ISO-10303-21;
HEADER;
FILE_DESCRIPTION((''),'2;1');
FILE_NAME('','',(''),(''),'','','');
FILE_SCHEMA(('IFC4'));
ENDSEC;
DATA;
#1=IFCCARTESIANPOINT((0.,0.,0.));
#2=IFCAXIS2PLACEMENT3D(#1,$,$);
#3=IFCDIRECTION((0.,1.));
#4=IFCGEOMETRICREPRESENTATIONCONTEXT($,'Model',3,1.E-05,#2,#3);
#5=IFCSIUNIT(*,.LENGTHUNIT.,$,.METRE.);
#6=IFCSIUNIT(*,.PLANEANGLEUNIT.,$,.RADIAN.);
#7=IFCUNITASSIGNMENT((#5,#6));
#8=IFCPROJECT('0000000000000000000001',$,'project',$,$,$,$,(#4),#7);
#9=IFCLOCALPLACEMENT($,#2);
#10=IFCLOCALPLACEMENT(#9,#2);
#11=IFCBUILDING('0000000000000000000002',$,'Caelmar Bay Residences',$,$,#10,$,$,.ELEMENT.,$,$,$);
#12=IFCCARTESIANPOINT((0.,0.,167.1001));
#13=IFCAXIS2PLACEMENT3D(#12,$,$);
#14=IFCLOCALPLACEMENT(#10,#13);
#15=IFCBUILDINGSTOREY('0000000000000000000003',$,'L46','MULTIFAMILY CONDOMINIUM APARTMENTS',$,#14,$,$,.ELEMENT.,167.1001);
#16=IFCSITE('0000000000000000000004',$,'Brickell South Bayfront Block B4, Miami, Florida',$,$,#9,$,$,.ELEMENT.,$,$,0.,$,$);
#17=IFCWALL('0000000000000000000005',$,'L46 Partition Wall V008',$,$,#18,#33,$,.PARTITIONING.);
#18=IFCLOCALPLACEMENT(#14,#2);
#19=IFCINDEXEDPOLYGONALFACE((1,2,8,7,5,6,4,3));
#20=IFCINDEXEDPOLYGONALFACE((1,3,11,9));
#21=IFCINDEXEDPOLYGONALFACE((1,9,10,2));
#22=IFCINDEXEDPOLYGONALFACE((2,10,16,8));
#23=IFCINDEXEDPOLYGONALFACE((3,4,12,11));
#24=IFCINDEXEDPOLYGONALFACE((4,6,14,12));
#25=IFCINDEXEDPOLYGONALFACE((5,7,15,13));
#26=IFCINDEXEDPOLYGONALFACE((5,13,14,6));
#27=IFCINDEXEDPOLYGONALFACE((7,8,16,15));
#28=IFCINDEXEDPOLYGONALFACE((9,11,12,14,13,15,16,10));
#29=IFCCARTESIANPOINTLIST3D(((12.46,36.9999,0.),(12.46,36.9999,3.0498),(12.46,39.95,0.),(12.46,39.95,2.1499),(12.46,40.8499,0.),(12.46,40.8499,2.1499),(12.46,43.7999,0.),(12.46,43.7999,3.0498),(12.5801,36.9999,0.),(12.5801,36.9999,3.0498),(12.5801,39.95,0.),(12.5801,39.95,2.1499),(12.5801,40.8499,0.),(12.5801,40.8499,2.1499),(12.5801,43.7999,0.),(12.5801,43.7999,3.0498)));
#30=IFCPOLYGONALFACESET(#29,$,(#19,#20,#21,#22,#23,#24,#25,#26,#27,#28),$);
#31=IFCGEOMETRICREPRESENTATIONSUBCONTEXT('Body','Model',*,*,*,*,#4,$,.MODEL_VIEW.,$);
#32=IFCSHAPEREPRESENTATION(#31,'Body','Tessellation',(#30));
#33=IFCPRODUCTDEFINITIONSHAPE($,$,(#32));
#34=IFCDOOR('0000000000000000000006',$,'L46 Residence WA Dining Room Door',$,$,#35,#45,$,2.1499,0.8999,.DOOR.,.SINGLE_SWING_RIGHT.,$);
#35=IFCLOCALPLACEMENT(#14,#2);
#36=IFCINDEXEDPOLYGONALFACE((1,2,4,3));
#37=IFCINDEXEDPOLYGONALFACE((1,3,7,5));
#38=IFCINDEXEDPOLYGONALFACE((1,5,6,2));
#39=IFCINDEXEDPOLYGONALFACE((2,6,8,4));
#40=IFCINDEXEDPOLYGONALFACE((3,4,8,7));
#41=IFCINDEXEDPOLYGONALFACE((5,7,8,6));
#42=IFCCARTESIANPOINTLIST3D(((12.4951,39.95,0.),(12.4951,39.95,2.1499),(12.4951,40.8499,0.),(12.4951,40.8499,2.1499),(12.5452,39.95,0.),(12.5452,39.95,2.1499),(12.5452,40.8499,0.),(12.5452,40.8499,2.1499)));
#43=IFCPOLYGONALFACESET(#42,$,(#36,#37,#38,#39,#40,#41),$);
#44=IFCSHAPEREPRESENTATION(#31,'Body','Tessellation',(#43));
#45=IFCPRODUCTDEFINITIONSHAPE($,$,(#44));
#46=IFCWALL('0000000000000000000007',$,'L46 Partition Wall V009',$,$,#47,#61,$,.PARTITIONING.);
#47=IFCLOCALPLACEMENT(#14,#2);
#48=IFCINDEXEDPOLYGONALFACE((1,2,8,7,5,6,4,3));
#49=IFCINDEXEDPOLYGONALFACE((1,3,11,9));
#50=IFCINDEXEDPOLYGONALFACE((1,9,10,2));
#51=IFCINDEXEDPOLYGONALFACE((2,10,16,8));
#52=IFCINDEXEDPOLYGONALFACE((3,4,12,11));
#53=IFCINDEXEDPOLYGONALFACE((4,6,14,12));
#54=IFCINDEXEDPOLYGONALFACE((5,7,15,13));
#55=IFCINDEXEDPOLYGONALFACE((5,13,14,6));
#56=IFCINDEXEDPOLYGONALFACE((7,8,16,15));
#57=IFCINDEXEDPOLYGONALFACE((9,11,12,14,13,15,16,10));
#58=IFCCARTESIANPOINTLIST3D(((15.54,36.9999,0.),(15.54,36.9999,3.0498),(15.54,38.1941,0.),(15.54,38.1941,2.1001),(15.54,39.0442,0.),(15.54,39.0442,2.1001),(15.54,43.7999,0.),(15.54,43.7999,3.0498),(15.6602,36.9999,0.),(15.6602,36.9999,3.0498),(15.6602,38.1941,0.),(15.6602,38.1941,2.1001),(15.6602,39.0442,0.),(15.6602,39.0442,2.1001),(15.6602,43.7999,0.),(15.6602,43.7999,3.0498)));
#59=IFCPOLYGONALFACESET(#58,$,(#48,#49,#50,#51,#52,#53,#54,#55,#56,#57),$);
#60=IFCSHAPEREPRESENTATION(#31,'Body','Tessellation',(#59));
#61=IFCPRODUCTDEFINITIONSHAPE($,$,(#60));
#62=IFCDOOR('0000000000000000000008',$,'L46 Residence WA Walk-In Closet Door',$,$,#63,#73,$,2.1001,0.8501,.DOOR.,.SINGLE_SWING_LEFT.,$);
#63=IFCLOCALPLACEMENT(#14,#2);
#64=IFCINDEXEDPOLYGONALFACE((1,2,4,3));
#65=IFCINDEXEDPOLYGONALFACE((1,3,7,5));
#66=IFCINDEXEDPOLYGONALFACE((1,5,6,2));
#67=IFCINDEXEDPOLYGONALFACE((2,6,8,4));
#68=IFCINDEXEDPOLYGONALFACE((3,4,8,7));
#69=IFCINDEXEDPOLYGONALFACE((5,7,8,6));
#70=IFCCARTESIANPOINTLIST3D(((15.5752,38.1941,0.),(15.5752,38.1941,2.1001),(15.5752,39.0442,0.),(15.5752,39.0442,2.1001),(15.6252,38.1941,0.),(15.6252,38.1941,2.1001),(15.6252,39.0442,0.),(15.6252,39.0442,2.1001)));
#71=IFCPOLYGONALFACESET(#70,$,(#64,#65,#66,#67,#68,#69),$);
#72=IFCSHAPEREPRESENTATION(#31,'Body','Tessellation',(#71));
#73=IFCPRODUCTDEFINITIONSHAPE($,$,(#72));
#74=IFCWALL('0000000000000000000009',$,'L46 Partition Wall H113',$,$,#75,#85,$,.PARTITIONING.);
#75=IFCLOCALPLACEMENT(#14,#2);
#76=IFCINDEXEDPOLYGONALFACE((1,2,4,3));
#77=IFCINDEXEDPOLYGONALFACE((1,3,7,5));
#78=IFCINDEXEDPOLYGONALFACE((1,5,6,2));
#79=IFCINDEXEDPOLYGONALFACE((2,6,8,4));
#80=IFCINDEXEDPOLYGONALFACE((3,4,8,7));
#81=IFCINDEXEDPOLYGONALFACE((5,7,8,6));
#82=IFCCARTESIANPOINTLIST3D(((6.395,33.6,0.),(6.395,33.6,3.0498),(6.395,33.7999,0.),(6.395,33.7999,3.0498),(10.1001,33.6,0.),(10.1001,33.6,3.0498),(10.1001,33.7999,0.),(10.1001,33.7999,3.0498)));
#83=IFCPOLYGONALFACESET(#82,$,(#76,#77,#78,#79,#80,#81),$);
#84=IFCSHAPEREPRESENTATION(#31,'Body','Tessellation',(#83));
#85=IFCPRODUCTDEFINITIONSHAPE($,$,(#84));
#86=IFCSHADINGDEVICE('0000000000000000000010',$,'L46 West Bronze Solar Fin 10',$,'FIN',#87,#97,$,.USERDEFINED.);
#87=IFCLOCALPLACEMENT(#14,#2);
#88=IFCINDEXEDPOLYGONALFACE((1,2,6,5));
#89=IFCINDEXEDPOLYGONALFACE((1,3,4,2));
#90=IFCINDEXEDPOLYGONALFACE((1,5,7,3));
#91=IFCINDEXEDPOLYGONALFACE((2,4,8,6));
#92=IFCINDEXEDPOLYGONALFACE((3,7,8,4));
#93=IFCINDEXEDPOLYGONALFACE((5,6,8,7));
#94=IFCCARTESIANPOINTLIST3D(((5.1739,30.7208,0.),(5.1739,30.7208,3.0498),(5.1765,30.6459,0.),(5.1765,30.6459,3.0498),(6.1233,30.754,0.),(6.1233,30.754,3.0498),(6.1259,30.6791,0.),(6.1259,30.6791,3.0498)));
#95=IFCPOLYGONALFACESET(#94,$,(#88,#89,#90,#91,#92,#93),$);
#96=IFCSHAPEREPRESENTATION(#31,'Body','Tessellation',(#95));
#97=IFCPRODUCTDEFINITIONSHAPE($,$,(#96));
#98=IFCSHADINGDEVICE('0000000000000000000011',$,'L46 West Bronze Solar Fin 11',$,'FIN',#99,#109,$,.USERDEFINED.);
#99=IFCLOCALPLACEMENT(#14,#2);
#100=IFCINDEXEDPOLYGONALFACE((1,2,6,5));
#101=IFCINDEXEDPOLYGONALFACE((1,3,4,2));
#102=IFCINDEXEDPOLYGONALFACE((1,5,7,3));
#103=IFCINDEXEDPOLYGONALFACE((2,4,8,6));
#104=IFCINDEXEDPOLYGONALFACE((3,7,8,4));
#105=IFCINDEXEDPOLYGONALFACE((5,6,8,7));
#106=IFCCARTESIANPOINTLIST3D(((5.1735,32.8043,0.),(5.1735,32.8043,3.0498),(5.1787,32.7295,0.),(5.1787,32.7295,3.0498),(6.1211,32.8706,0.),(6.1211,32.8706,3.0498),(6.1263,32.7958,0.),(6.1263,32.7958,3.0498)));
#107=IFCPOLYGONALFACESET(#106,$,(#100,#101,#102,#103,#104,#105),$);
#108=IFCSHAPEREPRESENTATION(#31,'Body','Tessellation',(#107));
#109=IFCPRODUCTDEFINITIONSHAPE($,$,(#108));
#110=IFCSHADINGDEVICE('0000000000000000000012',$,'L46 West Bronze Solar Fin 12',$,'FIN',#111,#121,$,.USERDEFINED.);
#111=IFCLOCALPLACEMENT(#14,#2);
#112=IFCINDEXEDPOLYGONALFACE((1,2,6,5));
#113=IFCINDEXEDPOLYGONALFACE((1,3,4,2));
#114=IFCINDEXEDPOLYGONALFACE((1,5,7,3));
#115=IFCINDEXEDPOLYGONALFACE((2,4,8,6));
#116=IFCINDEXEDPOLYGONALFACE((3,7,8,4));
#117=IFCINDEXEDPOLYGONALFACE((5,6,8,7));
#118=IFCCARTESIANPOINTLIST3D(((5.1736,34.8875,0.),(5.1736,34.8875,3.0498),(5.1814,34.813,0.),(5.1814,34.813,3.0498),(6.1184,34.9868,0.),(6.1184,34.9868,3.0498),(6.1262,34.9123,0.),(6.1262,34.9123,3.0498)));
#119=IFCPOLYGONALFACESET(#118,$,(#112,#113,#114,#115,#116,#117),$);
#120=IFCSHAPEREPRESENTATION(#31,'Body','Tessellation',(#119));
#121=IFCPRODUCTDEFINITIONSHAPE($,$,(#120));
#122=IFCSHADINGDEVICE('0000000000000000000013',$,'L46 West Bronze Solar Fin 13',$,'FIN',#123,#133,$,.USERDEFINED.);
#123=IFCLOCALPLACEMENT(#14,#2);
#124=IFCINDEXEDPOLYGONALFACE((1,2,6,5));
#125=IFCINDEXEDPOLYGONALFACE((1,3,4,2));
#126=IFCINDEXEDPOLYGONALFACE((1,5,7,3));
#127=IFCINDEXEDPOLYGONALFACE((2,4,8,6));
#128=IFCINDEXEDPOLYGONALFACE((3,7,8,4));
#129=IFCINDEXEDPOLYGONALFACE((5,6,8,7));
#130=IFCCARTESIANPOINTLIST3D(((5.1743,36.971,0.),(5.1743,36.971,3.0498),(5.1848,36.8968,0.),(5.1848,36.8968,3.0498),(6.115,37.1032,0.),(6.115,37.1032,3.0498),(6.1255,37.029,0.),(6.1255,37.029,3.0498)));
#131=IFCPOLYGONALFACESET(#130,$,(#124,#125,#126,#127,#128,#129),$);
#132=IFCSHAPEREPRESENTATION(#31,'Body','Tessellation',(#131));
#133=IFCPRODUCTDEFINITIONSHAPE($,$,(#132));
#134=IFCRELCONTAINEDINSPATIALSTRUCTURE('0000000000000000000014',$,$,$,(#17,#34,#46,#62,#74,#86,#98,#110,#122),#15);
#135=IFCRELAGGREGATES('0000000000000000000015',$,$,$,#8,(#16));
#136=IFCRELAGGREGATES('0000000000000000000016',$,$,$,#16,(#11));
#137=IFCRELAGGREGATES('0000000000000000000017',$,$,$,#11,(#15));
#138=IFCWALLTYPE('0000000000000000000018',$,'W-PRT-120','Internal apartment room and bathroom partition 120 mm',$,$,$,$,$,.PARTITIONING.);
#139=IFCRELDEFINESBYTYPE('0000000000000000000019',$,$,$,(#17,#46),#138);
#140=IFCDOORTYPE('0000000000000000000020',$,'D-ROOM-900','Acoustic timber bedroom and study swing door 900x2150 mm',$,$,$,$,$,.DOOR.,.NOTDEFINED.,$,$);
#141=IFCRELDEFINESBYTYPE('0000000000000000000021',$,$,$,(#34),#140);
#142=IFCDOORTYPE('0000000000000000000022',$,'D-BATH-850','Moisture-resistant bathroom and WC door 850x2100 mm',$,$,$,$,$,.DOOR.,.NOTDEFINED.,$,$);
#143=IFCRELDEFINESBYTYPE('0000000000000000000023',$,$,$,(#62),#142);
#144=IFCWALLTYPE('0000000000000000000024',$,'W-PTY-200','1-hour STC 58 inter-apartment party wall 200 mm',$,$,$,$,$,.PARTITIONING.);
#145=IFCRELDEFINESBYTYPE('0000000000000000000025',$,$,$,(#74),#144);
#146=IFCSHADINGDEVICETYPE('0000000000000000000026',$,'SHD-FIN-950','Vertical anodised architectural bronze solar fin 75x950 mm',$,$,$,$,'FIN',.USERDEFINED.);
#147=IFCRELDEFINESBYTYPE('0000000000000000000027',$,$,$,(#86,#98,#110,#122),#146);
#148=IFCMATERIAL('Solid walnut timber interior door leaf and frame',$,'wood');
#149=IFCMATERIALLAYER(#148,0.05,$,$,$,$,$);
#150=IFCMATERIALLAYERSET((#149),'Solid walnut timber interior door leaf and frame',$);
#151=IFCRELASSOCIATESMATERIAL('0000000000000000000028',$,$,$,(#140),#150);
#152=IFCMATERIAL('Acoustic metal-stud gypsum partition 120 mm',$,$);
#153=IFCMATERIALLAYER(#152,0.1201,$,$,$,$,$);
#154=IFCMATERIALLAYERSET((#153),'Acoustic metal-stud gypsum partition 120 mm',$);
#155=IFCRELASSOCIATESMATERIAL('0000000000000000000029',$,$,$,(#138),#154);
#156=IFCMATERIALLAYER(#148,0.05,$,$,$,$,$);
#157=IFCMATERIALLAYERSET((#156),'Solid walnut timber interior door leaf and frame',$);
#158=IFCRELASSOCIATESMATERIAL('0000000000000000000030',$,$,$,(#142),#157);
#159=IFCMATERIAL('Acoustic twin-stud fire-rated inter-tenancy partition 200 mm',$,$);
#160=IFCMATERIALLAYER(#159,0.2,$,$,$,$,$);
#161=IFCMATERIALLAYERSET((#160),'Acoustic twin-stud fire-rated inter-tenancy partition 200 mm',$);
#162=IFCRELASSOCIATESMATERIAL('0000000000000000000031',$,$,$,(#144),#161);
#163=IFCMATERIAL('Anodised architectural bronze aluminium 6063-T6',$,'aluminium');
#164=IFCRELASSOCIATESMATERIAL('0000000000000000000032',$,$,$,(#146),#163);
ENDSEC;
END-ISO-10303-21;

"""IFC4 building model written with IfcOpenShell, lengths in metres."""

from ifc_helpers import new_model, si_unit, direction, frame, frame_2d, origin, origin_2d, place, context, subcontext, project, spatial, rectangle, extrude, material, layer, layer_set, material_profile, profile_set, type_object, element, fill, save


model = new_model("IFC4")

# Units and contexts
model_context = context("Model", 3, precision=1e-05, world=origin(), true_north=direction((0.0, 1.0)))
body_context = subcontext(model_context, "Body", "Model", "MODEL_VIEW")
ifc_project = project(units=[si_unit("LENGTHUNIT", "METRE"), si_unit("PLANEANGLEUNIT", "RADIAN")], contexts=[model_context])

# Site, building, storey
site_placement = place(None, origin())
site = spatial("IfcSite", under=ifc_project, at=site_placement, Name="Brickell South Bayfront Block B4, Miami, Florida", CompositionType="ELEMENT", RefElevation=0.0)
building_placement = place(site_placement, origin())
building = spatial("IfcBuilding", under=site, at=building_placement, Name="Caelmar Bay Residences", CompositionType="ELEMENT")
storey_placement = place(building_placement, frame((0.0, 0.0, 167.1001)))
storey = spatial("IfcBuildingStorey", under=building, at=storey_placement, Name="L46", Description="MULTIFAMILY CONDOMINIUM APARTMENTS", CompositionType="ELEMENT", Elevation=167.1001)

# Walls, openings, doors
ifc_material_1 = material(Name="Solid walnut timber interior door leaf and frame", Category="wood")
ifc_layer_1 = layer(ifc_material_1, 0.05)
ifc_layer_set_1 = layer_set([ifc_layer_1], Name="Solid walnut timber interior door leaf and frame")
door_type_1 = type_object("IfcDoorType", Name="D-ROOM-900", Description="Acoustic timber bedroom and study swing door 900x2150 mm", OperationType="NOTDEFINED", PredefinedType="DOOR", material=ifc_layer_set_1)
ifc_material_2 = material(Name="Acoustic metal-stud gypsum partition 120 mm")
ifc_layer_2 = layer(ifc_material_2, 0.1201)
ifc_layer_set_2 = layer_set([ifc_layer_2], Name="Acoustic metal-stud gypsum partition 120 mm")
wall_type_1 = type_object("IfcWallType", Name="W-PRT-120", Description="Internal apartment room and bathroom partition 120 mm", PredefinedType="PARTITIONING", material=ifc_layer_set_2)
wall_1_placement = place(storey_placement, frame((12.52, 37.0, 0.0), z_axis=(0.0, 0.0, 1.0), x_axis=(0.0, 1.0, 0.0)))
wall_1 = element("IfcWall", 1, at=wall_1_placement, inside=storey, type_object=wall_type_1, Name="L46 Partition Wall V008", PredefinedType="PARTITIONING", context=body_context, shape_type="SweptSolid", body=[
    extrude(rectangle(XDim=6.8, YDim=0.1201, at=frame_2d((3.3999, 0.0))), origin(), (0.0, 0.0, 1.0), 3.0498),
])
opening_1_placement = place(wall_1_placement, frame((2.95, 0.0, 0.0)))
opening_1 = element("IfcOpeningElement", 2, at=opening_1_placement, cuts=wall_1, PredefinedType="OPENING", context=body_context, shape_type="SweptSolid", body=[
    extrude(rectangle(XDim=0.8999, YDim=2.1499, at=frame_2d((0.45, 1.075))), frame((0.0, 0.0701, 0.0), z_axis=(0.0, -1.0, 0.0), x_axis=(1.0, 0.0, 0.0)), (0.0, 0.0, 1.0), 0.1401),
])
door_1_placement = place(opening_1_placement, origin())
door_1 = element("IfcDoor", 3, at=door_1_placement, inside=storey, type_object=door_type_1, Name="L46 Residence WA Dining Room Door", OperationType="SINGLE_SWING_RIGHT", OverallHeight=2.1499, OverallWidth=0.8999, PredefinedType="DOOR", context=body_context, shape_type="SweptSolid", body=[
    extrude(rectangle(XDim=0.8999, YDim=2.1499, at=frame_2d((0.45, 1.075))), frame((0.0, 0.0249, 0.0), z_axis=(0.0, -1.0, 0.0), x_axis=(1.0, 0.0, 0.0)), (0.0, 0.0, 1.0), 0.05),
])
fill(opening_1, door_1)
wall_2_placement = place(storey_placement, frame((15.6001, 37.0, 0.0), z_axis=(0.0, 0.0, 1.0), x_axis=(0.0, 1.0, 0.0)))
wall_2 = element("IfcWall", 4, at=wall_2_placement, inside=storey, type_object=wall_type_1, Name="L46 Partition Wall V009", PredefinedType="PARTITIONING", context=body_context, shape_type="SweptSolid", body=[
    extrude(rectangle(XDim=6.8, YDim=0.1201, at=frame_2d((3.3999, 0.0))), origin(), (0.0, 0.0, 1.0), 3.0498),
])
opening_2_placement = place(wall_2_placement, frame((1.1941, 0.0, 0.0)))
opening_2 = element("IfcOpeningElement", 5, at=opening_2_placement, cuts=wall_2, PredefinedType="OPENING", context=body_context, shape_type="SweptSolid", body=[
    extrude(rectangle(XDim=0.8501, YDim=2.1001, at=frame_2d((0.425, 1.05))), frame((0.0, 0.0701, 0.0), z_axis=(0.0, -1.0, 0.0), x_axis=(1.0, 0.0, 0.0)), (0.0, 0.0, 1.0), 0.1401),
])
ifc_layer_3 = layer(ifc_material_1, 0.05)
ifc_layer_set_3 = layer_set([ifc_layer_3], Name="Solid walnut timber interior door leaf and frame")
door_type_2 = type_object("IfcDoorType", Name="D-BATH-850", Description="Moisture-resistant bathroom and WC door 850x2100 mm", OperationType="NOTDEFINED", PredefinedType="DOOR", material=ifc_layer_set_3)
door_2_placement = place(opening_2_placement, origin())
door_2 = element("IfcDoor", 6, at=door_2_placement, inside=storey, type_object=door_type_2, Name="L46 Residence WA Walk-In Closet Door", OperationType="SINGLE_SWING_LEFT", OverallHeight=2.1001, OverallWidth=0.8501, PredefinedType="DOOR", context=body_context, shape_type="SweptSolid", body=[
    extrude(rectangle(XDim=0.8501, YDim=2.1001, at=frame_2d((0.425, 1.05))), frame((0.0, 0.0249, 0.0), z_axis=(0.0, -1.0, 0.0), x_axis=(1.0, 0.0, 0.0)), (0.0, 0.0, 1.0), 0.05),
])
fill(opening_2, door_2)

# Wall
ifc_material_3 = material(Name="Acoustic twin-stud fire-rated inter-tenancy partition 200 mm")
ifc_layer_4 = layer(ifc_material_3, 0.2)
ifc_layer_set_4 = layer_set([ifc_layer_4], Name="Acoustic twin-stud fire-rated inter-tenancy partition 200 mm")
wall_type_2 = type_object("IfcWallType", Name="W-PTY-200", Description="1-hour STC 58 inter-apartment party wall 200 mm", PredefinedType="PARTITIONING", material=ifc_layer_set_4)
wall_3_placement = place(storey_placement, frame((6.395, 33.7, 0.0), z_axis=(0.0, 0.0, 1.0), x_axis=(1.0, 0.0, 0.0)))
element("IfcWall", 7, at=wall_3_placement, inside=storey, type_object=wall_type_2, Name="L46 Partition Wall H113", PredefinedType="PARTITIONING", context=body_context, shape_type="SweptSolid", body=[
    extrude(rectangle(XDim=3.7051, YDim=0.2, at=frame_2d((1.8525, 0.0))), origin(), (0.0, 0.0, 1.0), 3.0498),
])

# Shading devices
ifc_material_4 = material(Name="Anodised architectural bronze aluminium 6063-T6", Category="aluminium")
ifc_material_profile_1 = material_profile(ifc_material_4, rectangle(XDim=0.075, YDim=0.95, at=origin_2d()), Name="BRONZE-FIN-75X950")
ifc_profile_set_1 = profile_set([ifc_material_profile_1], Name="Anodised architectural bronze aluminium 6063-T6")
shading_device_type = type_object("IfcShadingDeviceType", Name="SHD-FIN-950", Description="Vertical anodised architectural bronze solar fin 75x950 mm", ElementType="FIN", PredefinedType="USERDEFINED", material=ifc_profile_set_1)
for number, where, z_axis, x_axis, name in (
    (8, (5.6499, 30.7, 0.0), (0.0, 0.0, 1.0), (-0.034899, 0.999391, 0.0), "L46 West Bronze Solar Fin 10"),
    (9, (5.6499, 32.8, 0.0), (0.0, 0.0, 1.0), (-0.069756, 0.997564, 0.0), "L46 West Bronze Solar Fin 11"),
    (10, (5.6499, 34.8999, 0.0), (0.0, 0.0, 1.0), (-0.104528, 0.994522, 0.0), "L46 West Bronze Solar Fin 12"),
    (11, (5.6499, 37.0, 0.0), (0.0, 0.0, 1.0), (-0.139173, 0.990268, 0.0), "L46 West Bronze Solar Fin 13"),
):
    element("IfcShadingDevice", number, at=place(storey_placement, frame(where, z_axis=z_axis, x_axis=x_axis)), inside=storey, type_object=shading_device_type, Name=name, ObjectType="FIN", PredefinedType="USERDEFINED", context=body_context, shape_type="SweptSolid", body=[
        extrude(rectangle(XDim=0.075, YDim=0.95, at=origin_2d()), origin(), (0.0, 0.0, 1.0), 3.0498),
    ])

save(model, "model.ifc")
